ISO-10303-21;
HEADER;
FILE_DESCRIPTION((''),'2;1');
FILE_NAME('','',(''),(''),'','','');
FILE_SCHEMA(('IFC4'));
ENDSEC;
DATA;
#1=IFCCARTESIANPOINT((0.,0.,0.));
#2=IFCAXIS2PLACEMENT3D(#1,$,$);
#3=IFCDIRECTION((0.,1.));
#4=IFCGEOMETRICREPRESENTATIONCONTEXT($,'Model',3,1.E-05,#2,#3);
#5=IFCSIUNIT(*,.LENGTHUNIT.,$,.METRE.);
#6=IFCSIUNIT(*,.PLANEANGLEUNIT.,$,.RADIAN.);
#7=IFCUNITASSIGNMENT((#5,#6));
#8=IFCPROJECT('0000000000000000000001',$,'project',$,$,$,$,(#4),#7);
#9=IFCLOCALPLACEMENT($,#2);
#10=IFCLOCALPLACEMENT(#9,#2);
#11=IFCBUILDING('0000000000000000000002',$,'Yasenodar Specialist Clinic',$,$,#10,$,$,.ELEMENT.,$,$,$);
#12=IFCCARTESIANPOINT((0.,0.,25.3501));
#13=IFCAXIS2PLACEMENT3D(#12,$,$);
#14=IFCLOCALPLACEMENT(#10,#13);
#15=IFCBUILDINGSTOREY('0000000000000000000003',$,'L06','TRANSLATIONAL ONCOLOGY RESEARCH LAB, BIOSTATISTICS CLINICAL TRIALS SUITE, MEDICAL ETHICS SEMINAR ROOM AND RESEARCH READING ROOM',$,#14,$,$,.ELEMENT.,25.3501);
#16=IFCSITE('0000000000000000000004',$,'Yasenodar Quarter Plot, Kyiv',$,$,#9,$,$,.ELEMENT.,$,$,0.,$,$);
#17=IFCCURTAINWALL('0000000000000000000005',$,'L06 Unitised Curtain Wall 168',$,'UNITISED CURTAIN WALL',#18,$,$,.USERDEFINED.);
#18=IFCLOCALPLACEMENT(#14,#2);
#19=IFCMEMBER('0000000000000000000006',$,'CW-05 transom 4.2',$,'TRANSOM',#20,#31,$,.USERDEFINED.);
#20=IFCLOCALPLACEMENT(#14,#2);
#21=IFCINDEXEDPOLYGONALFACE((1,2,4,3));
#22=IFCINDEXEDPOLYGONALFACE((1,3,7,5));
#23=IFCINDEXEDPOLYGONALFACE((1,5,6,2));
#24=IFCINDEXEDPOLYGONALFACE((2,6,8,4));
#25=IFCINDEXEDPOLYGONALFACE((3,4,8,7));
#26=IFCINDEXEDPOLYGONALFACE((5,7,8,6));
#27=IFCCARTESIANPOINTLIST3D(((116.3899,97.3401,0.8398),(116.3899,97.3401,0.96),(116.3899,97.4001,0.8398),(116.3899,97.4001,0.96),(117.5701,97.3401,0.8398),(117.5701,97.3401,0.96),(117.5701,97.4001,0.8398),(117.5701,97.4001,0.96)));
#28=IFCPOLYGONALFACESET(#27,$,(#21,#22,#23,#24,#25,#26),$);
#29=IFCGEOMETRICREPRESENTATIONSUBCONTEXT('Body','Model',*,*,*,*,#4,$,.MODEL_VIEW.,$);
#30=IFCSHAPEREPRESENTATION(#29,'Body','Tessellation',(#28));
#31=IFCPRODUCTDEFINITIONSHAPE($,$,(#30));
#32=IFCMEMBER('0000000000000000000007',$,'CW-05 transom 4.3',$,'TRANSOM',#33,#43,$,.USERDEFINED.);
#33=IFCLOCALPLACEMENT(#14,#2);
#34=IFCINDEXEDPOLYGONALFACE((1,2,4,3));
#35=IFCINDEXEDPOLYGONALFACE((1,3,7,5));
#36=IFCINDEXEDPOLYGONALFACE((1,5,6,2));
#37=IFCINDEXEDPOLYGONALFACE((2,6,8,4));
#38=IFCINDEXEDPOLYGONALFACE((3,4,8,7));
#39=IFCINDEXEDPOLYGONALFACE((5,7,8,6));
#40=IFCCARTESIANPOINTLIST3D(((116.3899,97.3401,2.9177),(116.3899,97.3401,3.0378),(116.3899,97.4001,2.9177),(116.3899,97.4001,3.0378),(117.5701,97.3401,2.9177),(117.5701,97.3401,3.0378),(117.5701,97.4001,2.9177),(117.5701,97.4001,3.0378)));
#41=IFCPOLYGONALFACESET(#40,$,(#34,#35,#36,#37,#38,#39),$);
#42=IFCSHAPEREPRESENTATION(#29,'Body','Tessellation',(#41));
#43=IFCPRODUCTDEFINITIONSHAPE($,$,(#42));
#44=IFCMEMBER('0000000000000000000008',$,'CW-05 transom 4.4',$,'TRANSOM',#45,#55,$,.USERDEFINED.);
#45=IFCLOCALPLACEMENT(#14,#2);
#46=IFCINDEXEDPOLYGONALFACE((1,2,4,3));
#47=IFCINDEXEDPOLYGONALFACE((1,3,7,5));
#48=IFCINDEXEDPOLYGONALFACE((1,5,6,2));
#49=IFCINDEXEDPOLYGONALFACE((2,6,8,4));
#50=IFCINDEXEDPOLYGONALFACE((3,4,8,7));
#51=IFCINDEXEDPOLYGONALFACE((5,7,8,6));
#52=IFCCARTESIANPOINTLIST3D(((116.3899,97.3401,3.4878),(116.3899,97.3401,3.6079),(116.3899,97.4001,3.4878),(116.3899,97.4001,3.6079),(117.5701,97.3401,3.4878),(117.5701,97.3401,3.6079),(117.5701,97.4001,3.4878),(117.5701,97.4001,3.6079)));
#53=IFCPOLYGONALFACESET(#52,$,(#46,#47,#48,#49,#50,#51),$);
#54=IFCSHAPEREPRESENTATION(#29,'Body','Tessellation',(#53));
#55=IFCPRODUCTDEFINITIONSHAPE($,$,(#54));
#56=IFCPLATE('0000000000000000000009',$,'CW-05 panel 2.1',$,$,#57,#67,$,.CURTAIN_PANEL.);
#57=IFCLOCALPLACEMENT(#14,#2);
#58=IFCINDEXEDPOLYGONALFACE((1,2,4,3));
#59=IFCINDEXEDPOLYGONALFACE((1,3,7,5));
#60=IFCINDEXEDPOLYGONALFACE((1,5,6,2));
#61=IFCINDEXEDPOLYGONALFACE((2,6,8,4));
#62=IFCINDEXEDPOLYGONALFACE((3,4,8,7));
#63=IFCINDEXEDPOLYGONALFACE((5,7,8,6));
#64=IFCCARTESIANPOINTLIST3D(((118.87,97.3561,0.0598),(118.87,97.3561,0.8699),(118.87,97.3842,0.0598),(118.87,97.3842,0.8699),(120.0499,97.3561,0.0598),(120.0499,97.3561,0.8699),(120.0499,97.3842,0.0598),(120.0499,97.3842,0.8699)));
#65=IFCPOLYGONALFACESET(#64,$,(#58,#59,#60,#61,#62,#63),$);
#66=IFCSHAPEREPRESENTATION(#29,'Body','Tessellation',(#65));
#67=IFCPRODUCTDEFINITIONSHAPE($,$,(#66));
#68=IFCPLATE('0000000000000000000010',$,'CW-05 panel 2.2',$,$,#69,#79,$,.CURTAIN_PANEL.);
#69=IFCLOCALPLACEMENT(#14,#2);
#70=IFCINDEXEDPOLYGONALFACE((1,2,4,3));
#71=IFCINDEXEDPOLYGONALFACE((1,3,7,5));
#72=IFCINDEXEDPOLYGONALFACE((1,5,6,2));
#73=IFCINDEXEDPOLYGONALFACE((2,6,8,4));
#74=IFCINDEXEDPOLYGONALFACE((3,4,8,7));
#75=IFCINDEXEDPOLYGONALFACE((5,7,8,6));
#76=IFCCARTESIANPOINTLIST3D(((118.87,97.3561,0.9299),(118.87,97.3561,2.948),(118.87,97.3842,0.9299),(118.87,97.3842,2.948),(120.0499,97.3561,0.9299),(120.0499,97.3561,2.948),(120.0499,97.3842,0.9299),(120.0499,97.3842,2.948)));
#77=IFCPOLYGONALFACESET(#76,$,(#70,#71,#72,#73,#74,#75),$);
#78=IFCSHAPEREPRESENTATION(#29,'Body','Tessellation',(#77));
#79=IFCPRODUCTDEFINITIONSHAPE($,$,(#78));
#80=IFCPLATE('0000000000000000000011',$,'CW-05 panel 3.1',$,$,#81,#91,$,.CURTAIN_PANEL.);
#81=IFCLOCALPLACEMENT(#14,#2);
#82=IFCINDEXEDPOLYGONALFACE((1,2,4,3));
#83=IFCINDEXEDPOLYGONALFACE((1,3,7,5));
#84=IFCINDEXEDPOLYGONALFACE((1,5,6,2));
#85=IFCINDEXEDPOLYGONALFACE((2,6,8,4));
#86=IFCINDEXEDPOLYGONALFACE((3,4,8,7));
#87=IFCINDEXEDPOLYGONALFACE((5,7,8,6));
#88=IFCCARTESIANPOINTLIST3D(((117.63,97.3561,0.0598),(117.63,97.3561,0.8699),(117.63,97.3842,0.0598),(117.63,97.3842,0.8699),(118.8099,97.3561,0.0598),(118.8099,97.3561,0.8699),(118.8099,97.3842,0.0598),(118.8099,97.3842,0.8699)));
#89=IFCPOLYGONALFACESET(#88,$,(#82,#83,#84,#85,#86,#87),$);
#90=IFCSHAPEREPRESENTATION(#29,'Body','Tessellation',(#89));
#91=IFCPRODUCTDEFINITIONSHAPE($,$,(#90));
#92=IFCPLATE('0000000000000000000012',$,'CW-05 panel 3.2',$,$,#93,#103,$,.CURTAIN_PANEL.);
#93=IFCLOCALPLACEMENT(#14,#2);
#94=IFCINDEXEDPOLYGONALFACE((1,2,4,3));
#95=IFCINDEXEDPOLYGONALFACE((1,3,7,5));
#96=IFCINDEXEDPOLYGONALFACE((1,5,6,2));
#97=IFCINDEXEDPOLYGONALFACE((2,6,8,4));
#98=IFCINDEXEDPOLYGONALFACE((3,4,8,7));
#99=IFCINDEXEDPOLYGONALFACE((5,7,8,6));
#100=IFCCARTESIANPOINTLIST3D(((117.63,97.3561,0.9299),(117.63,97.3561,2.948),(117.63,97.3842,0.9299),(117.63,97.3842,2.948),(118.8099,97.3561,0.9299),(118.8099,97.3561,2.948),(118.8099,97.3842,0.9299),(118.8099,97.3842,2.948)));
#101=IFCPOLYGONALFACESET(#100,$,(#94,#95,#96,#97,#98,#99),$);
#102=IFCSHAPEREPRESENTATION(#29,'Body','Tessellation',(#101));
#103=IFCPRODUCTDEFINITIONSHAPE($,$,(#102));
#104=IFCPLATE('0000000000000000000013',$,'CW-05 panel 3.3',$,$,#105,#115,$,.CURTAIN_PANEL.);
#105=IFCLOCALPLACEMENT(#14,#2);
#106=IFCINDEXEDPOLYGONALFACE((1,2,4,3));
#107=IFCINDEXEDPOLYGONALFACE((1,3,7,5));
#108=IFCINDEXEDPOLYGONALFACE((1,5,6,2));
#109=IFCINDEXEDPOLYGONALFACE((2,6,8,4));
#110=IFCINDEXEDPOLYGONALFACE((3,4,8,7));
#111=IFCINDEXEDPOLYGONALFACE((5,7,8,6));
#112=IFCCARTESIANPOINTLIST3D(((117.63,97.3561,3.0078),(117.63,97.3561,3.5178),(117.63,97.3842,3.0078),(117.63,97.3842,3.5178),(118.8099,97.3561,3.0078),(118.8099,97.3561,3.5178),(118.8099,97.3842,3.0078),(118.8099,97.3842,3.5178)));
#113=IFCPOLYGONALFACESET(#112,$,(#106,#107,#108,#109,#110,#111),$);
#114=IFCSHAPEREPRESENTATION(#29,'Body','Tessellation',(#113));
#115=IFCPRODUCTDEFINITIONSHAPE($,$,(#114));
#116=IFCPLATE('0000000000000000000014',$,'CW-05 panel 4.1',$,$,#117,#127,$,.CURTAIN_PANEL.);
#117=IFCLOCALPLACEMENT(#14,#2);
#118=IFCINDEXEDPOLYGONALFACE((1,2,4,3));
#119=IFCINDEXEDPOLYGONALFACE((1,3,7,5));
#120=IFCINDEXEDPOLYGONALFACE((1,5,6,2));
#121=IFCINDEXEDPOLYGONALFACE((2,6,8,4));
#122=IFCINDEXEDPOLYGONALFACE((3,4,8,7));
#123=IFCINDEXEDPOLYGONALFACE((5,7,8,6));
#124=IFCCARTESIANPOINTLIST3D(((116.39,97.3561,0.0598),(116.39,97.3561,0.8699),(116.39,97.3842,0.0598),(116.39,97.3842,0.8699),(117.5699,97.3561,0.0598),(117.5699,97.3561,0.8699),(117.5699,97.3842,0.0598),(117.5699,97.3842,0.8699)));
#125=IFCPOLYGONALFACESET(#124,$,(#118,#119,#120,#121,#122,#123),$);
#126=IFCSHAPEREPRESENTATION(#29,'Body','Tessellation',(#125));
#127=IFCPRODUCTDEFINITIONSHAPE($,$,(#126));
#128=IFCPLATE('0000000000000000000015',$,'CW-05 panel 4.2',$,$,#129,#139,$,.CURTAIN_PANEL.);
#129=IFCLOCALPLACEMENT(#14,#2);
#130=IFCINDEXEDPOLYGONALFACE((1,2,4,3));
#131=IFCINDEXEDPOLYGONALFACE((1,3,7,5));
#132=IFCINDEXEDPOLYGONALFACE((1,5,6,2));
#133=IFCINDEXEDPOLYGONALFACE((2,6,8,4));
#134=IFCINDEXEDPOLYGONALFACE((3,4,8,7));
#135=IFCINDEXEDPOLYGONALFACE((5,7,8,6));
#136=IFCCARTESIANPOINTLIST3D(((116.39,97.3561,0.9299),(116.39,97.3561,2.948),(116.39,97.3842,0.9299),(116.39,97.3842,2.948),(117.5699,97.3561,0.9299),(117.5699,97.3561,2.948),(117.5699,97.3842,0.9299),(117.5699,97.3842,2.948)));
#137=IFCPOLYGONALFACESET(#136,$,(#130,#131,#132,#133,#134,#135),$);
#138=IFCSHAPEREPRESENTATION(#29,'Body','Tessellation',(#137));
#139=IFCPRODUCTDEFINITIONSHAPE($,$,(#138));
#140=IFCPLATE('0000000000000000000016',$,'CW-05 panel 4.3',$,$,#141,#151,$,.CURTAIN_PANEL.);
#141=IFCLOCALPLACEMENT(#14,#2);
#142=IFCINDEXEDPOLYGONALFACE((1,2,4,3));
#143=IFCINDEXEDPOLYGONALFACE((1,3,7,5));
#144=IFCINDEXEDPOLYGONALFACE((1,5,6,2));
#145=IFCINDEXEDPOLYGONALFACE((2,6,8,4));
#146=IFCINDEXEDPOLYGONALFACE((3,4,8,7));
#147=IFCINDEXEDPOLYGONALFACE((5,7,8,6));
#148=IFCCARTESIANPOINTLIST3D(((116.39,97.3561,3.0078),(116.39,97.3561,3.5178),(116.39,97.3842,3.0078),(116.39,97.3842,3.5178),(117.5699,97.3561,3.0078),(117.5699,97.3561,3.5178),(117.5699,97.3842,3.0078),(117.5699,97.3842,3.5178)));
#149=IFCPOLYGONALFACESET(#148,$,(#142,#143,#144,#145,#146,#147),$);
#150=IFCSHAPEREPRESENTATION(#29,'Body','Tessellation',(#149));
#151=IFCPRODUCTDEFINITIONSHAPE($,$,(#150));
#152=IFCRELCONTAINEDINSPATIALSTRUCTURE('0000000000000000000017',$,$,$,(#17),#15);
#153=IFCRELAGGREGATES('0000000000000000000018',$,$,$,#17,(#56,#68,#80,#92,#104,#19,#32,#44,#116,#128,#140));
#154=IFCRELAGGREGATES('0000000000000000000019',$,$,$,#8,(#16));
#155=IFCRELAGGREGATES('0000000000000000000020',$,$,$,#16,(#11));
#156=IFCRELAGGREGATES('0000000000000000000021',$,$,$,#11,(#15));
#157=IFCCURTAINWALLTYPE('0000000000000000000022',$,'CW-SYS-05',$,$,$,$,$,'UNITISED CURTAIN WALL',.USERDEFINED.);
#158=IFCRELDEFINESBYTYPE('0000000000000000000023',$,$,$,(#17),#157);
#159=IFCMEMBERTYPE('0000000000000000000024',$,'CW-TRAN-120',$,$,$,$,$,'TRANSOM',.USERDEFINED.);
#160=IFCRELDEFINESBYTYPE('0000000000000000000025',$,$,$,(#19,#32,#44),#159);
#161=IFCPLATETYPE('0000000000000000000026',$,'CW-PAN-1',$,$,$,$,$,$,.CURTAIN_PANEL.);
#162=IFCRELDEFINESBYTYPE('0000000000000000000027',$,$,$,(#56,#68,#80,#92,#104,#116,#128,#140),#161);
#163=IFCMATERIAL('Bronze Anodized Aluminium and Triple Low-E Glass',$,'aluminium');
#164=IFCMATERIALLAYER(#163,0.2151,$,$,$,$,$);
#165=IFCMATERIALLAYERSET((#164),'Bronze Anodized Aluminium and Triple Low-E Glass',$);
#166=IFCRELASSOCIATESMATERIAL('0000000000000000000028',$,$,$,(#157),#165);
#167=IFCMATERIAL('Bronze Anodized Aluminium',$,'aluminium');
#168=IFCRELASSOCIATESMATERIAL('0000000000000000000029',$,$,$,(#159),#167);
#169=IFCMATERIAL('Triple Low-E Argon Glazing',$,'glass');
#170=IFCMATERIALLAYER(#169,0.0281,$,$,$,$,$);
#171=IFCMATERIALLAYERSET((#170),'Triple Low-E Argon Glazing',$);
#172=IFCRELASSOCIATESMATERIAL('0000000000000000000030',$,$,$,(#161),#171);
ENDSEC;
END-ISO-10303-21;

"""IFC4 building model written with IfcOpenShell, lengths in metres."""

from ifc_helpers import new_model, si_unit, direction, frame, origin, origin_2d, place, context, subcontext, project, spatial, rectangle, extrude, material, layer, layer_set, material_profile, profile_set, type_object, element, aggregate, save


model = new_model("IFC4")

# Units and contexts
model_context = context("Model", 3, precision=1e-05, world=origin(), true_north=direction((0.0, 1.0)))
body_context = subcontext(model_context, "Body", "Model", "MODEL_VIEW")
ifc_project = project(units=[si_unit("LENGTHUNIT", "METRE"), si_unit("PLANEANGLEUNIT", "RADIAN")], contexts=[model_context])

# Site, building, storey
site_placement = place(None, origin())
site = spatial("IfcSite", under=ifc_project, at=site_placement, Name="Yasenodar Quarter Plot, Kyiv", CompositionType="ELEMENT", RefElevation=0.0)
building_placement = place(site_placement, origin())
building = spatial("IfcBuilding", under=site, at=building_placement, Name="Yasenodar Specialist Clinic", CompositionType="ELEMENT")
storey_placement = place(building_placement, frame((0.0, 0.0, 25.3501)))
storey = spatial("IfcBuildingStorey", under=building, at=storey_placement, Name="L06", Description="TRANSLATIONAL ONCOLOGY RESEARCH LAB, BIOSTATISTICS CLINICAL TRIALS SUITE, MEDICAL ETHICS SEMINAR ROOM AND RESEARCH READING ROOM", CompositionType="ELEMENT", Elevation=25.3501)

# Curtain wall, members, plates
ifc_material_1 = material(Name="Bronze Anodized Aluminium and Triple Low-E Glass", Category="aluminium")
ifc_layer_1 = layer(ifc_material_1, 0.2151)
ifc_layer_set_1 = layer_set([ifc_layer_1], Name="Bronze Anodized Aluminium and Triple Low-E Glass")
curtain_wall_type = type_object("IfcCurtainWallType", Name="CW-SYS-05", ElementType="UNITISED CURTAIN WALL", PredefinedType="USERDEFINED", material=ifc_layer_set_1)
curtain_wall_placement = place(storey_placement, origin())
curtain_wall = element("IfcCurtainWall", 1, at=curtain_wall_placement, inside=storey, type_object=curtain_wall_type, Name="L06 Unitised Curtain Wall 168", ObjectType="UNITISED CURTAIN WALL", PredefinedType="USERDEFINED")
ifc_material_2 = material(Name="Bronze Anodized Aluminium", Category="aluminium")
ifc_material_profile_1 = material_profile(ifc_material_2, rectangle(XDim=0.0601, YDim=0.1201, at=origin_2d()), Name="CW-TRAN 60x120")
ifc_profile_set_1 = profile_set([ifc_material_profile_1], Name="Bronze Anodized Aluminium")
member_type_1 = type_object("IfcMemberType", Name="CW-TRAN-120", ElementType="TRANSOM", PredefinedType="USERDEFINED", material=ifc_profile_set_1)
member_1_placement = place(storey_placement, frame((117.5701, 97.3701, 0.8999), z_axis=(-1.0, 0.0, 0.0), x_axis=(0.0, -1.0, 0.0)))
member_1 = element("IfcMember", 2, at=member_1_placement, type_object=member_type_1, Name="CW-05 transom 4.2", ObjectType="TRANSOM", PredefinedType="USERDEFINED", context=body_context, shape_type="SweptSolid", body=[
    extrude(rectangle(XDim=0.0601, YDim=0.1201, at=origin_2d()), origin(), (0.0, 0.0, 1.0), 1.1802),
])
member_2_placement = place(storey_placement, frame((117.5701, 97.3701, 2.9778), z_axis=(-1.0, 0.0, 0.0), x_axis=(0.0, -1.0, 0.0)))
member_2 = element("IfcMember", 3, at=member_2_placement, type_object=member_type_1, Name="CW-05 transom 4.3", ObjectType="TRANSOM", PredefinedType="USERDEFINED", context=body_context, shape_type="SweptSolid", body=[
    extrude(rectangle(XDim=0.0601, YDim=0.1201, at=origin_2d()), origin(), (0.0, 0.0, 1.0), 1.1802),
])
member_3_placement = place(storey_placement, frame((117.5701, 97.3701, 3.5479), z_axis=(-1.0, 0.0, 0.0), x_axis=(0.0, -1.0, 0.0)))
member_3 = element("IfcMember", 4, at=member_3_placement, type_object=member_type_1, Name="CW-05 transom 4.4", ObjectType="TRANSOM", PredefinedType="USERDEFINED", context=body_context, shape_type="SweptSolid", body=[
    extrude(rectangle(XDim=0.0601, YDim=0.1201, at=origin_2d()), origin(), (0.0, 0.0, 1.0), 1.1802),
])
ifc_material_3 = material(Name="Triple Low-E Argon Glazing", Category="glass")
ifc_layer_2 = layer(ifc_material_3, 0.0281)
ifc_layer_set_2 = layer_set([ifc_layer_2], Name="Triple Low-E Argon Glazing")
plate_type = type_object("IfcPlateType", Name="CW-PAN-1", PredefinedType="CURTAIN_PANEL", material=ifc_layer_set_2)
plate_1_placement = place(storey_placement, frame((119.46, 97.3701, 0.0598), z_axis=(0.0, 0.0, 1.0), x_axis=(-1.0, 0.0, 0.0)))
plate_1 = element("IfcPlate", 5, at=plate_1_placement, type_object=plate_type, Name="CW-05 panel 2.1", PredefinedType="CURTAIN_PANEL", context=body_context, shape_type="SweptSolid", body=[
    extrude(rectangle(XDim=1.1799, YDim=0.0281, at=origin_2d()), origin(), (0.0, 0.0, 1.0), 0.8101),
])
plate_2_placement = place(storey_placement, frame((119.46, 97.3701, 0.9299), z_axis=(0.0, 0.0, 1.0), x_axis=(-1.0, 0.0, 0.0)))
plate_2 = element("IfcPlate", 6, at=plate_2_placement, type_object=plate_type, Name="CW-05 panel 2.2", PredefinedType="CURTAIN_PANEL", context=body_context, shape_type="SweptSolid", body=[
    extrude(rectangle(XDim=1.1799, YDim=0.0281, at=origin_2d()), origin(), (0.0, 0.0, 1.0), 2.0181),
])
plate_3_placement = place(storey_placement, frame((118.22, 97.3701, 0.0598), z_axis=(0.0, 0.0, 1.0), x_axis=(-1.0, 0.0, 0.0)))
plate_3 = element("IfcPlate", 7, at=plate_3_placement, type_object=plate_type, Name="CW-05 panel 3.1", PredefinedType="CURTAIN_PANEL", context=body_context, shape_type="SweptSolid", body=[
    extrude(rectangle(XDim=1.1799, YDim=0.0281, at=origin_2d()), origin(), (0.0, 0.0, 1.0), 0.8101),
])
plate_4_placement = place(storey_placement, frame((118.22, 97.3701, 0.9299), z_axis=(0.0, 0.0, 1.0), x_axis=(-1.0, 0.0, 0.0)))
plate_4 = element("IfcPlate", 8, at=plate_4_placement, type_object=plate_type, Name="CW-05 panel 3.2", PredefinedType="CURTAIN_PANEL", context=body_context, shape_type="SweptSolid", body=[
    extrude(rectangle(XDim=1.1799, YDim=0.0281, at=origin_2d()), origin(), (0.0, 0.0, 1.0), 2.0181),
])
plate_5_placement = place(storey_placement, frame((118.22, 97.3701, 3.0078), z_axis=(0.0, 0.0, 1.0), x_axis=(-1.0, 0.0, 0.0)))
plate_5 = element("IfcPlate", 9, at=plate_5_placement, type_object=plate_type, Name="CW-05 panel 3.3", PredefinedType="CURTAIN_PANEL", context=body_context, shape_type="SweptSolid", body=[
    extrude(rectangle(XDim=1.1799, YDim=0.0281, at=origin_2d()), origin(), (0.0, 0.0, 1.0), 0.51),
])
plate_6_placement = place(storey_placement, frame((116.98, 97.3701, 0.0598), z_axis=(0.0, 0.0, 1.0), x_axis=(-1.0, 0.0, 0.0)))
plate_6 = element("IfcPlate", 10, at=plate_6_placement, type_object=plate_type, Name="CW-05 panel 4.1", PredefinedType="CURTAIN_PANEL", context=body_context, shape_type="SweptSolid", body=[
    extrude(rectangle(XDim=1.1799, YDim=0.0281, at=origin_2d()), origin(), (0.0, 0.0, 1.0), 0.8101),
])
plate_7_placement = place(storey_placement, frame((116.98, 97.3701, 0.9299), z_axis=(0.0, 0.0, 1.0), x_axis=(-1.0, 0.0, 0.0)))
plate_7 = element("IfcPlate", 11, at=plate_7_placement, type_object=plate_type, Name="CW-05 panel 4.2", PredefinedType="CURTAIN_PANEL", context=body_context, shape_type="SweptSolid", body=[
    extrude(rectangle(XDim=1.1799, YDim=0.0281, at=origin_2d()), origin(), (0.0, 0.0, 1.0), 2.0181),
])
plate_8_placement = place(storey_placement, frame((116.98, 97.3701, 3.0078), z_axis=(0.0, 0.0, 1.0), x_axis=(-1.0, 0.0, 0.0)))
plate_8 = element("IfcPlate", 12, at=plate_8_placement, type_object=plate_type, Name="CW-05 panel 4.3", PredefinedType="CURTAIN_PANEL", context=body_context, shape_type="SweptSolid", body=[
    extrude(rectangle(XDim=1.1799, YDim=0.0281, at=origin_2d()), origin(), (0.0, 0.0, 1.0), 0.51),
])
aggregate(curtain_wall, [plate_1, plate_2, plate_3, plate_4, plate_5, member_1, member_2, member_3, plate_6, plate_7, plate_8])

save(model, "model.ifc")
